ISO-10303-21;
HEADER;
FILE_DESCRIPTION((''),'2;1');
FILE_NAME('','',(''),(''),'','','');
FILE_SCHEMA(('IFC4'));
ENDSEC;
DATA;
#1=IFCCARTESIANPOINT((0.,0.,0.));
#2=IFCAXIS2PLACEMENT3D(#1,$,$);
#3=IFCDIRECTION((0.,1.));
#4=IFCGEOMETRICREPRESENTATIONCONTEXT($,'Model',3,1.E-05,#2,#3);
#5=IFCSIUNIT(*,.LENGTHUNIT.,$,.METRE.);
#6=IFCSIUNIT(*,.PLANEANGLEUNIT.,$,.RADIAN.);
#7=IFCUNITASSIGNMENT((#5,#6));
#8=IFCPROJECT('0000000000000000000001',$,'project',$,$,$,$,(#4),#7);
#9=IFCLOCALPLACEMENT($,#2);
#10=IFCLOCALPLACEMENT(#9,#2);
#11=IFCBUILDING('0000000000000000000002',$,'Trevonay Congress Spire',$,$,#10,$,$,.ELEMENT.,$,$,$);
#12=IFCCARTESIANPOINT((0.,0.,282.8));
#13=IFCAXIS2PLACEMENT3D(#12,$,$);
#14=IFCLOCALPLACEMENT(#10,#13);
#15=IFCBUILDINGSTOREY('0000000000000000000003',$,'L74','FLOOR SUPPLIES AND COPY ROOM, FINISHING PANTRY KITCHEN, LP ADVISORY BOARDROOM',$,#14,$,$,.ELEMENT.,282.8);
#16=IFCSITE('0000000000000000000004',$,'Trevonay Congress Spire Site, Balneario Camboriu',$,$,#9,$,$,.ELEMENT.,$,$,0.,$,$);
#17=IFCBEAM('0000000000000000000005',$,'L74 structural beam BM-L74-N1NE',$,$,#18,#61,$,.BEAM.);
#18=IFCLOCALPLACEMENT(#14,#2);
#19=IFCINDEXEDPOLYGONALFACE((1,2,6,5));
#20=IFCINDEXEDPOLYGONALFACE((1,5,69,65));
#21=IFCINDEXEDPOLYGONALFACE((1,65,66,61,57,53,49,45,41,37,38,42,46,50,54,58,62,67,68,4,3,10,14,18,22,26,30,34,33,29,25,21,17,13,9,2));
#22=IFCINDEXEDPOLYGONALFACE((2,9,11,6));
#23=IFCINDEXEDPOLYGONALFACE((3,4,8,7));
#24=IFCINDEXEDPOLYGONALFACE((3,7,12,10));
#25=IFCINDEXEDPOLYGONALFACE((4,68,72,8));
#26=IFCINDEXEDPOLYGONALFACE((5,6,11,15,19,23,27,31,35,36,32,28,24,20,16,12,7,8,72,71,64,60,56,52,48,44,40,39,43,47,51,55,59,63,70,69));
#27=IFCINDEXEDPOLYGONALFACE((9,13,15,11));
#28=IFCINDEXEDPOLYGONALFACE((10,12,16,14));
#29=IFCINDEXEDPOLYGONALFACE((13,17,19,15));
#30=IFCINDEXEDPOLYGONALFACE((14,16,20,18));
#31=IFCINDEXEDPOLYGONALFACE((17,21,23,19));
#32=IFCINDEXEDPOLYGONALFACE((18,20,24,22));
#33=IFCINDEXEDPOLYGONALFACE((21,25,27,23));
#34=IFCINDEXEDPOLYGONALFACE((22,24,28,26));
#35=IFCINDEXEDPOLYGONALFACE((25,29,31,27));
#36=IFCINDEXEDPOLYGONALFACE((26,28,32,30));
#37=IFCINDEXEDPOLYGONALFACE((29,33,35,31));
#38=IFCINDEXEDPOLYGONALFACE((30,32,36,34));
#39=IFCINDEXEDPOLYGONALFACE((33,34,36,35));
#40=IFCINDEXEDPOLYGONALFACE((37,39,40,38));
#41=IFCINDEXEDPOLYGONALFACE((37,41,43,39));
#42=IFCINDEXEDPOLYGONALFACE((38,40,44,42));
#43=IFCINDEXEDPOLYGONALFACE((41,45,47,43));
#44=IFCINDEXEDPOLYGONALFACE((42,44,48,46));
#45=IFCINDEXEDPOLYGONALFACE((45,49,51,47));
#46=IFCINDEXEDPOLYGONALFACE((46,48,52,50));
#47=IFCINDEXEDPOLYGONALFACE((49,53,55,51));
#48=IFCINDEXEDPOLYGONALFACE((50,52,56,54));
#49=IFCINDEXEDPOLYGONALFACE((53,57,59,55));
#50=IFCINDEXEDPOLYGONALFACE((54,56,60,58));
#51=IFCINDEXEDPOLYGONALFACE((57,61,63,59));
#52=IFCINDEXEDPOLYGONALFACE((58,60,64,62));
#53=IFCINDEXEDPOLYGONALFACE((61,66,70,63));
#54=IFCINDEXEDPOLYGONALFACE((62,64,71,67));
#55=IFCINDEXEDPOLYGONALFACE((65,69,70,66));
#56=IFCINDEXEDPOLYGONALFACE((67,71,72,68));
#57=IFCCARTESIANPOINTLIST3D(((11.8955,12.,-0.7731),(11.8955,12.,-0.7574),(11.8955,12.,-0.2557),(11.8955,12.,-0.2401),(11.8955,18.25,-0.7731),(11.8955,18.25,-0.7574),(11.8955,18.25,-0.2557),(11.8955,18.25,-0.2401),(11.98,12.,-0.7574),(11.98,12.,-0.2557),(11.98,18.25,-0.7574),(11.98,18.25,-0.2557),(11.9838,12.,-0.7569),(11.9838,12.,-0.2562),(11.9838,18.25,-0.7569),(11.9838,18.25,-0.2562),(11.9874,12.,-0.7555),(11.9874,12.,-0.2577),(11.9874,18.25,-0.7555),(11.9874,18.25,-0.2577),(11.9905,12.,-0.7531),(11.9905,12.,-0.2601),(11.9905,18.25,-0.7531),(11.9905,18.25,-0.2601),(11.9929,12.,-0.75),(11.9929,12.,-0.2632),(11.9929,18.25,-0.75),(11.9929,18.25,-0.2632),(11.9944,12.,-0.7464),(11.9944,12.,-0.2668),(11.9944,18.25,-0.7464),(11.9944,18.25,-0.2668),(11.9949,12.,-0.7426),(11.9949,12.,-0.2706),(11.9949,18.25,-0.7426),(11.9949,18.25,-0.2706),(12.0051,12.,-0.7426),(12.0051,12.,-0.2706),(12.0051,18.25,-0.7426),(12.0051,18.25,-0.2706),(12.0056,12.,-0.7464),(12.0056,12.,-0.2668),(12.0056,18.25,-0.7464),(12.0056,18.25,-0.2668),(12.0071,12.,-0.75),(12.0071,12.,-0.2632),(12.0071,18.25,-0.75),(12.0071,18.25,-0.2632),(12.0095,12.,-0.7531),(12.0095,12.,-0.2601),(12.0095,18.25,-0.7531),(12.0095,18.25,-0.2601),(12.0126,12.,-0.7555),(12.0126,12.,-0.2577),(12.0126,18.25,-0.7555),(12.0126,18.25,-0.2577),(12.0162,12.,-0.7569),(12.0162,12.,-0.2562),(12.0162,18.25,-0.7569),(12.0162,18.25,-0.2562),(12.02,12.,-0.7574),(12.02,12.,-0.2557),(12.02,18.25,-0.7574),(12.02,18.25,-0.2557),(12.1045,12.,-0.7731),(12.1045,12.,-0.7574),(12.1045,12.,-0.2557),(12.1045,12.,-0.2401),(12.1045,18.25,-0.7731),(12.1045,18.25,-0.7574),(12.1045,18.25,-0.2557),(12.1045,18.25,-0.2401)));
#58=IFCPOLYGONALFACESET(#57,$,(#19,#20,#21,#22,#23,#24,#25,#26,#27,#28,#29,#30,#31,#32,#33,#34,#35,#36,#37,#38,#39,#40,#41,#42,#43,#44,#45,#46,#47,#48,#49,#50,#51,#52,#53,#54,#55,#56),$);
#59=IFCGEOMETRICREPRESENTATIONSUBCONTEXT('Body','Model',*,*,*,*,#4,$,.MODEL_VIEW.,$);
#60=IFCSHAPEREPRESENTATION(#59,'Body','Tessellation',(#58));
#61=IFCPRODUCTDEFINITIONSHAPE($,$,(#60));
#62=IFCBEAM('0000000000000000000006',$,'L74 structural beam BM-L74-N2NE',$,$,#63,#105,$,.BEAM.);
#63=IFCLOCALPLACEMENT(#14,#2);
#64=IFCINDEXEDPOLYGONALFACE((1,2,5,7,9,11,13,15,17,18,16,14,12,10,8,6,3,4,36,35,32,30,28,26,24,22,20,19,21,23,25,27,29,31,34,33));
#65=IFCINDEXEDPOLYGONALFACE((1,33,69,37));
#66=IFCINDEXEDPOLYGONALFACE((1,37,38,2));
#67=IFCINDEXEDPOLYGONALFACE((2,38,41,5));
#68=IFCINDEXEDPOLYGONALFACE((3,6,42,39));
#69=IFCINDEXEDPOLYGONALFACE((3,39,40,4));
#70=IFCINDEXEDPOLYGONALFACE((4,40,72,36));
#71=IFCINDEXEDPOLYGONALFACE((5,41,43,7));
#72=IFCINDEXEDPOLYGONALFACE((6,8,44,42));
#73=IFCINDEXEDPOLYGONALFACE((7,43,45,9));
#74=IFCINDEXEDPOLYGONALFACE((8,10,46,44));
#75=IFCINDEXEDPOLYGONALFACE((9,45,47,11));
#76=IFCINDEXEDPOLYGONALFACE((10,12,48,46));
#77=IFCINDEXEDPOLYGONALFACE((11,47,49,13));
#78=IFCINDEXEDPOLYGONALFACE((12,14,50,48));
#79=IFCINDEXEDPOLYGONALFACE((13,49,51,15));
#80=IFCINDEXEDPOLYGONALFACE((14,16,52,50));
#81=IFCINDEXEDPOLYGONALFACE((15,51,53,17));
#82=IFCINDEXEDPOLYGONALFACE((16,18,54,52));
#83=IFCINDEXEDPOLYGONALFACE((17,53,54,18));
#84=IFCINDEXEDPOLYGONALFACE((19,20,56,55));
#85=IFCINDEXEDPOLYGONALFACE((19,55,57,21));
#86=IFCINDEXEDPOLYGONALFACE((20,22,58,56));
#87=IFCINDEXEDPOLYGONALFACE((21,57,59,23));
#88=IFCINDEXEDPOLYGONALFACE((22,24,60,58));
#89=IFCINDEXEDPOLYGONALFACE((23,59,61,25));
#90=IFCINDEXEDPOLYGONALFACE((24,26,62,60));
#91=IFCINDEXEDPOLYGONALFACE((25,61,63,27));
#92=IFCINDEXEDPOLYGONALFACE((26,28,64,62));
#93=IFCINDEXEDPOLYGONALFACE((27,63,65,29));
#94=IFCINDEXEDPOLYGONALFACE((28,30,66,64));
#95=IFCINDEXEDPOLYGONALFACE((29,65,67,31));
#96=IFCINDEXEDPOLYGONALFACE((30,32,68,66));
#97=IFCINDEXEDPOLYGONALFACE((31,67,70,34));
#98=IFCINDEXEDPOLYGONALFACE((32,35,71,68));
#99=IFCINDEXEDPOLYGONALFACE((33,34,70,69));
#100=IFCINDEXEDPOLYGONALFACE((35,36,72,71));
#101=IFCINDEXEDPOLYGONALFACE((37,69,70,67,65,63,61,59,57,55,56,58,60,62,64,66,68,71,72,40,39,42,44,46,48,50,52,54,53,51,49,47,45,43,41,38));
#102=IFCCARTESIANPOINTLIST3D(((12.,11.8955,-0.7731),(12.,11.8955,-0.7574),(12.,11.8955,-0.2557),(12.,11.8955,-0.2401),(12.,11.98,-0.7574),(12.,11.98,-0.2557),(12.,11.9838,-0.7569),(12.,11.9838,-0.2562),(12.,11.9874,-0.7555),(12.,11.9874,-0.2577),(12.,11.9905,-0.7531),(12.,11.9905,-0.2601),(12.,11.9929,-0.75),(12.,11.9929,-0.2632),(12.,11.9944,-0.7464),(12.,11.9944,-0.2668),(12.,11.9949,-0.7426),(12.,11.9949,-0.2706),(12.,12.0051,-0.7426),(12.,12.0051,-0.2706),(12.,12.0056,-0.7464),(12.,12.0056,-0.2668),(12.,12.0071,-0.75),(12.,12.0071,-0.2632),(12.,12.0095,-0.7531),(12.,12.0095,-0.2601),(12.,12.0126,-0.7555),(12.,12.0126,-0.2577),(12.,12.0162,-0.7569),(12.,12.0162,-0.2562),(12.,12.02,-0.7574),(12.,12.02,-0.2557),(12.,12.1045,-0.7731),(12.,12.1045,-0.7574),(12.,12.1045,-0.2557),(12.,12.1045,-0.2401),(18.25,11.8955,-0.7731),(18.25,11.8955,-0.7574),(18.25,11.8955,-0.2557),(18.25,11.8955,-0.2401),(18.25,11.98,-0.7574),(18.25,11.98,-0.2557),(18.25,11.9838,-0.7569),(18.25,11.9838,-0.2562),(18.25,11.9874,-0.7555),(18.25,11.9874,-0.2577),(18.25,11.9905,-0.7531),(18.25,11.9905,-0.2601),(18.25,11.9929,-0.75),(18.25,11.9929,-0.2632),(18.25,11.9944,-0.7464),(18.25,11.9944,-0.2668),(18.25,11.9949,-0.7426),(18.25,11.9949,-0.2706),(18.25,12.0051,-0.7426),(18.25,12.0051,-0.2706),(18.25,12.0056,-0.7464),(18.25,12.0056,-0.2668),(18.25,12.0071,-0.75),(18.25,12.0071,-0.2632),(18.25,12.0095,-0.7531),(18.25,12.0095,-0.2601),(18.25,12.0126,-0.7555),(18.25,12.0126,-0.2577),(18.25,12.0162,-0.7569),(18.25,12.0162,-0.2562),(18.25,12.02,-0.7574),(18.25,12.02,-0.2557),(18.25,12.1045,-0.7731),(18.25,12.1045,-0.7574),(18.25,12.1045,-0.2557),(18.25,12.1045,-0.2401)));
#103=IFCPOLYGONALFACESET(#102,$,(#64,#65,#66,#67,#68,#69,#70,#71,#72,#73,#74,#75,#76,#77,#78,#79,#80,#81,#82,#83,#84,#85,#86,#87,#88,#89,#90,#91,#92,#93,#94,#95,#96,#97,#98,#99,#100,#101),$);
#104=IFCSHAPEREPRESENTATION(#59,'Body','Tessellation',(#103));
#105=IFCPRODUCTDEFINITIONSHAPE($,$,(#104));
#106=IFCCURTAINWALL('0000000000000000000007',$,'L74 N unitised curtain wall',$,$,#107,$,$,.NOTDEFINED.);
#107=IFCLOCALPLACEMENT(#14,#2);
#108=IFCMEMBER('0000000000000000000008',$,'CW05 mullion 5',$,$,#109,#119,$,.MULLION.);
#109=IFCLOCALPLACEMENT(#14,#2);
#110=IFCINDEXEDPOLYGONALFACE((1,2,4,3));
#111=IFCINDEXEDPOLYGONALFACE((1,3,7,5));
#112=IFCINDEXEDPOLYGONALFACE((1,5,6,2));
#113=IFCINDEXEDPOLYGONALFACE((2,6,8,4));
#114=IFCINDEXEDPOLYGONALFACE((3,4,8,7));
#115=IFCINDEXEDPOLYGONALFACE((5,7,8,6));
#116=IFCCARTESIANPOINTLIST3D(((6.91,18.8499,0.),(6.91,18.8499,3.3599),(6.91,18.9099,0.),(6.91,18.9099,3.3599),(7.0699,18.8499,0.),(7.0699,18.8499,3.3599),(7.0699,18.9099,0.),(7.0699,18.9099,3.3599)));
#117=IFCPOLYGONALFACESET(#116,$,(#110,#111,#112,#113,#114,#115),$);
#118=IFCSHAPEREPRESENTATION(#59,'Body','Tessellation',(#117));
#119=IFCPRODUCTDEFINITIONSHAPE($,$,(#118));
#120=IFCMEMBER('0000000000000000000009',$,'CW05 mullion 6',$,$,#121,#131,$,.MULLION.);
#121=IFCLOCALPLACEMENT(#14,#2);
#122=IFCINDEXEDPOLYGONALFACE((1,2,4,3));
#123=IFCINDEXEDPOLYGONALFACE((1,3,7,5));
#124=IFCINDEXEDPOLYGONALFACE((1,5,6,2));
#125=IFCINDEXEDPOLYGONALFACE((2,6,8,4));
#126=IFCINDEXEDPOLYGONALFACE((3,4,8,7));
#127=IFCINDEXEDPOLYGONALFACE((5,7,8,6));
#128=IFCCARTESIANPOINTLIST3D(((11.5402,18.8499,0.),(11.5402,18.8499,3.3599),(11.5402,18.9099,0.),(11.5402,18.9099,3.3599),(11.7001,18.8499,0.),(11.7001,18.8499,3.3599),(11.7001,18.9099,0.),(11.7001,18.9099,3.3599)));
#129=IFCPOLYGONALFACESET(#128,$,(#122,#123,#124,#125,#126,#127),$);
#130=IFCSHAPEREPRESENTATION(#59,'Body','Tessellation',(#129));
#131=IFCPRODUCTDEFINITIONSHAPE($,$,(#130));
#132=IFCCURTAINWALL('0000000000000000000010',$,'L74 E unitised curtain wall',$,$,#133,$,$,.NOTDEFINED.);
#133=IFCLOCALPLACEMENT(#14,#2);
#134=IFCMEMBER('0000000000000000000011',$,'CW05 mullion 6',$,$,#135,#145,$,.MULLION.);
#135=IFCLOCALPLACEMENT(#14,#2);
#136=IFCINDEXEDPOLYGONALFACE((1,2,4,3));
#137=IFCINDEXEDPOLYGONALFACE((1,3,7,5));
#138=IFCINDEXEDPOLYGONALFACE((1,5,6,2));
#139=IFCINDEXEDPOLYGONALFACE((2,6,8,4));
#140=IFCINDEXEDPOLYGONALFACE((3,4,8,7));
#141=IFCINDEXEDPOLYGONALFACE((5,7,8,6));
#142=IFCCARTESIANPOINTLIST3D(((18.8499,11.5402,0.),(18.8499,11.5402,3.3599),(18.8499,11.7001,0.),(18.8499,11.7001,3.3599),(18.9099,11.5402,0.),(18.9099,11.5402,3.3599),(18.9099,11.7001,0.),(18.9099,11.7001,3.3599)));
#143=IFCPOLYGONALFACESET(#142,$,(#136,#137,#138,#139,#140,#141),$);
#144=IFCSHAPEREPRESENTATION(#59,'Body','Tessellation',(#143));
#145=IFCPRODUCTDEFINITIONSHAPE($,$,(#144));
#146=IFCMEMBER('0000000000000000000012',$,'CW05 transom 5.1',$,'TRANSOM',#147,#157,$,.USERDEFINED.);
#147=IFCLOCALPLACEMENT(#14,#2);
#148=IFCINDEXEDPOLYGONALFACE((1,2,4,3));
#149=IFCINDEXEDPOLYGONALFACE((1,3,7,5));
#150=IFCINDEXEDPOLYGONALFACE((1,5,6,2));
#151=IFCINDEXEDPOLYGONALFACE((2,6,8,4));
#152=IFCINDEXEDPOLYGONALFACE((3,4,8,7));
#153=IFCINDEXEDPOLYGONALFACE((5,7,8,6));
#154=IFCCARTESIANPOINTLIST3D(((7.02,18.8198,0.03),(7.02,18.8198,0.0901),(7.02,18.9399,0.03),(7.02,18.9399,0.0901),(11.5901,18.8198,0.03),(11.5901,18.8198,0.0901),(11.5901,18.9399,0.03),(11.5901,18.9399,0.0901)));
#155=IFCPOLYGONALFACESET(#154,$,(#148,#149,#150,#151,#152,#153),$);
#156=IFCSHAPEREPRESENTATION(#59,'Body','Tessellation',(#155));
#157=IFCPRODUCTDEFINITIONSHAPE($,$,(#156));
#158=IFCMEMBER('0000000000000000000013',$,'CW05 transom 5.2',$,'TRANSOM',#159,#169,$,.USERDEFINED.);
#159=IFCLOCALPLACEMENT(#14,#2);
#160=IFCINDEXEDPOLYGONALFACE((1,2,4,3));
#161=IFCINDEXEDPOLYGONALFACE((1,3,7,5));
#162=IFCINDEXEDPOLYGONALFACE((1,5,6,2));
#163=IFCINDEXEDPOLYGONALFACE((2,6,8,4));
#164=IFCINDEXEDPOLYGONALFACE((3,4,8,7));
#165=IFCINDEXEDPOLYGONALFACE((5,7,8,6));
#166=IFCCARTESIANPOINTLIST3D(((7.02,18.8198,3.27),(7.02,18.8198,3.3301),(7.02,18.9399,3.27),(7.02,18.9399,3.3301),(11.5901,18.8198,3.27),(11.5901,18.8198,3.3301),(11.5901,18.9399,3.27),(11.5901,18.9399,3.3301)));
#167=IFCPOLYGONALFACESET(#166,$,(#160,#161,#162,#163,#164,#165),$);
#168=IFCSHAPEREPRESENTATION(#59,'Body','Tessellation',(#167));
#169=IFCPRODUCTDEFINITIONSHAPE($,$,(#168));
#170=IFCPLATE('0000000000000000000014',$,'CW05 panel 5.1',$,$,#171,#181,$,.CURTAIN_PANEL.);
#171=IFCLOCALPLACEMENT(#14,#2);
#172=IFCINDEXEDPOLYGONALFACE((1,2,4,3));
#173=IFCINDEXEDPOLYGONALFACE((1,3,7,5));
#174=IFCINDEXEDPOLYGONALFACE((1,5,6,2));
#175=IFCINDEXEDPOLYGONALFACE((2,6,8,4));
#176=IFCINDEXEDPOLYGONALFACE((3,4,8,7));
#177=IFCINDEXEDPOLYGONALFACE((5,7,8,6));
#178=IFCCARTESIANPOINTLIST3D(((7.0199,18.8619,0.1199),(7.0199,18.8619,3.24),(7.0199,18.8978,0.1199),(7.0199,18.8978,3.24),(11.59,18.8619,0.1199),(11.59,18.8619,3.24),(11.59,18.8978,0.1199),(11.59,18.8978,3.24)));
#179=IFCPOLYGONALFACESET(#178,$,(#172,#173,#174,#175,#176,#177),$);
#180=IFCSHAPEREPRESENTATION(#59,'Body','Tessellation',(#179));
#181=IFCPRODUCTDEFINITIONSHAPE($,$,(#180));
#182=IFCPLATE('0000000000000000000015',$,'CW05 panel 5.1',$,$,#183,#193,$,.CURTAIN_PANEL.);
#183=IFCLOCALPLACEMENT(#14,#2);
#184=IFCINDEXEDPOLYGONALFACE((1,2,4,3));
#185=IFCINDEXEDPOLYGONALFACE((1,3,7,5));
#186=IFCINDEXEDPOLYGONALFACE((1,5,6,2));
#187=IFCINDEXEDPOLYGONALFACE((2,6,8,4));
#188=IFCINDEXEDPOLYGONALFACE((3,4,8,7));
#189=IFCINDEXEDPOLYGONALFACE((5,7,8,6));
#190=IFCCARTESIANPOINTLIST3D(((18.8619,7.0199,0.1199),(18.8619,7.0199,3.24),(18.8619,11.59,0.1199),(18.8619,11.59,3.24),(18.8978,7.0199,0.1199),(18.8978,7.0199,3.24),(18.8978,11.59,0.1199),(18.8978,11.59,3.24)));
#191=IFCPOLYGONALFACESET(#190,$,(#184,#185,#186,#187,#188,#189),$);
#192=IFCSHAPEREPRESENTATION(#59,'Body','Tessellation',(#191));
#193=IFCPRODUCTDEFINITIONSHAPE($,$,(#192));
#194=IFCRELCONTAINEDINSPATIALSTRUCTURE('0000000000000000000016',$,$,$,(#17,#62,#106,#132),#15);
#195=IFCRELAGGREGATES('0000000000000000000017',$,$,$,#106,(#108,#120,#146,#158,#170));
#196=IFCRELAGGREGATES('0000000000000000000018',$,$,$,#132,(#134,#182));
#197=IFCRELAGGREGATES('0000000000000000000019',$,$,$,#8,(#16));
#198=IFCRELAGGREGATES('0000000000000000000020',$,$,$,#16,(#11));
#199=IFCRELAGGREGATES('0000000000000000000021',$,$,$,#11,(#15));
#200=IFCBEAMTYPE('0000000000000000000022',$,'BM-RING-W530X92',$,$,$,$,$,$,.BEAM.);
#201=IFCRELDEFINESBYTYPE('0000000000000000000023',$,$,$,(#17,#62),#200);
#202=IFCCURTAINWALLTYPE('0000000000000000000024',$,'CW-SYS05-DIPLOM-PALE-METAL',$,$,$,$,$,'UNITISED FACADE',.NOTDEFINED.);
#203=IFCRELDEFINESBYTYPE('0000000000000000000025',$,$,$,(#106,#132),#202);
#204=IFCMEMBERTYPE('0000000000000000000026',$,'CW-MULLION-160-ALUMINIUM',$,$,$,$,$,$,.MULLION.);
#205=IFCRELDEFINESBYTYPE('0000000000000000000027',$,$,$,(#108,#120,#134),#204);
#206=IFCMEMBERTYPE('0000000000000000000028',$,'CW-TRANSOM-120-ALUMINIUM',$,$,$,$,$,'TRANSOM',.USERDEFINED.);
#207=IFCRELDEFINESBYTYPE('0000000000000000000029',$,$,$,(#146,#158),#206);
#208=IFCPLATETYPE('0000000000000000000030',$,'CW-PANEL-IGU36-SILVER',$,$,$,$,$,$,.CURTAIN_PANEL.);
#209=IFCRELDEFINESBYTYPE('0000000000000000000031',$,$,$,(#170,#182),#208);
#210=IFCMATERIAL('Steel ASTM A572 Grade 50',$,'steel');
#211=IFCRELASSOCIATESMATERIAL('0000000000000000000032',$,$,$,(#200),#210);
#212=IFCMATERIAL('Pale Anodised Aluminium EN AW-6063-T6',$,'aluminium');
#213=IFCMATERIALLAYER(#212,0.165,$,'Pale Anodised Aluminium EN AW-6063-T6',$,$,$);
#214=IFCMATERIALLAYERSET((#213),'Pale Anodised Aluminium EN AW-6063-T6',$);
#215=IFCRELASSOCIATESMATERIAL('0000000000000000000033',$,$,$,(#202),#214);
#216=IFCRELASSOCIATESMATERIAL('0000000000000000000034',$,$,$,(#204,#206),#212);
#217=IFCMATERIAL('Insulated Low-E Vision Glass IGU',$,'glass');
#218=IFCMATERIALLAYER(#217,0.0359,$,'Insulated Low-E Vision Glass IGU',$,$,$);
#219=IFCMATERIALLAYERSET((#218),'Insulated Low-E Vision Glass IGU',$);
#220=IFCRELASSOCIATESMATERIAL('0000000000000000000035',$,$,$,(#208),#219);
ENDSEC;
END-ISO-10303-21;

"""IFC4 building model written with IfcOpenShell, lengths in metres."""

from ifc_helpers import new_model, si_unit, direction, frame, origin, origin_2d, place, context, subcontext, project, spatial, rectangle, i_section, extrude, material, layer, layer_set, material_profile, profile_set, type_object, element, aggregate, save


model = new_model("IFC4")

# Units and contexts
model_context = context("Model", 3, precision=1e-05, world=origin(), true_north=direction((0.0, 1.0)))
body_context = subcontext(model_context, "Body", "Model", "MODEL_VIEW")
ifc_project = project(units=[si_unit("LENGTHUNIT", "METRE"), si_unit("PLANEANGLEUNIT", "RADIAN")], contexts=[model_context])

# Site, building, storey
site_placement = place(None, origin())
site = spatial("IfcSite", under=ifc_project, at=site_placement, Name="Trevonay Congress Spire Site, Balneario Camboriu", CompositionType="ELEMENT", RefElevation=0.0)
building_placement = place(site_placement, origin())
building = spatial("IfcBuilding", under=site, at=building_placement, Name="Trevonay Congress Spire", CompositionType="ELEMENT")
storey_placement = place(building_placement, frame((0.0, 0.0, 282.8)))
storey = spatial("IfcBuildingStorey", under=building, at=storey_placement, Name="L74", Description="FLOOR SUPPLIES AND COPY ROOM, FINISHING PANTRY KITCHEN, LP ADVISORY BOARDROOM", CompositionType="ELEMENT", Elevation=282.8)

# Shared definitions
ifc_material_1 = material(Name="Steel ASTM A572 Grade 50", Category="steel")

# Beams
ifc_material_profile_1 = material_profile(ifc_material_1, i_section(OverallWidth=0.209, OverallDepth=0.533, WebThickness=0.0103, FlangeThickness=0.0156, FilletRadius=0.0149, at=origin_2d()), Name="W530x92")
ifc_profile_set_1 = profile_set([ifc_material_profile_1], Name="Steel ASTM A572 Grade 50")
beam_type_1 = type_object("IfcBeamType", Name="BM-RING-W530X92", PredefinedType="BEAM", material=ifc_profile_set_1)
for number, where, z_axis, x_axis, name in (
    (1, (12.0, 18.25, -0.5066), (0.0, -1.0, 0.0), (1.0, 0.0, 0.0), "L74 structural beam BM-L74-N1NE"),
    (2, (18.25, 12.0, -0.5066), (-1.0, 0.0, 0.0), (0.0, -1.0, 0.0), "L74 structural beam BM-L74-N2NE"),
):
    element("IfcBeam", number, at=place(storey_placement, frame(where, z_axis=z_axis, x_axis=x_axis)), inside=storey, type_object=beam_type_1, Name=name, PredefinedType="BEAM", context=body_context, shape_type="SweptSolid", body=[
        extrude(i_section(OverallWidth=0.209, OverallDepth=0.533, WebThickness=0.0103, FlangeThickness=0.0156, FilletRadius=0.0149, at=origin_2d()), origin(), (0.0, 0.0, 1.0), 6.25),
    ])

# Curtain wall, members
ifc_material_2 = material(Name="Pale Anodised Aluminium EN AW-6063-T6", Category="aluminium")
ifc_layer_1 = layer(ifc_material_2, 0.165, Name="Pale Anodised Aluminium EN AW-6063-T6")
ifc_layer_set_1 = layer_set([ifc_layer_1], Name="Pale Anodised Aluminium EN AW-6063-T6")
curtain_wall_type = type_object("IfcCurtainWallType", Name="CW-SYS05-DIPLOM-PALE-METAL", ElementType="UNITISED FACADE", PredefinedType="NOTDEFINED", material=ifc_layer_set_1)
curtain_wall_1_placement = place(storey_placement, origin())
curtain_wall_1 = element("IfcCurtainWall", 3, at=curtain_wall_1_placement, inside=storey, type_object=curtain_wall_type, Name="L74 N unitised curtain wall", PredefinedType="NOTDEFINED")
ifc_material_profile_2 = material_profile(ifc_material_2, rectangle(XDim=0.0601, YDim=0.1599, at=origin_2d()), Name="CW-MULLION-160-ALUMINIUM")
ifc_profile_set_2 = profile_set([ifc_material_profile_2], Name="Pale Anodised Aluminium EN AW-6063-T6")
member_type_1 = type_object("IfcMemberType", Name="CW-MULLION-160-ALUMINIUM", PredefinedType="MULLION", material=ifc_profile_set_2)
member_1_placement = place(storey_placement, frame((6.99, 18.8799, 0.0), z_axis=(0.0, 0.0, 1.0), x_axis=(0.0, 1.0, 0.0)))
member_1 = element("IfcMember", 4, at=member_1_placement, type_object=member_type_1, Name="CW05 mullion 5", PredefinedType="MULLION", context=body_context, shape_type="SweptSolid", body=[
    extrude(rectangle(XDim=0.0601, YDim=0.1599, at=origin_2d()), origin(), (0.0, 0.0, 1.0), 3.3599),
])
member_2_placement = place(storey_placement, frame((11.6201, 18.8799, 0.0), z_axis=(0.0, 0.0, 1.0), x_axis=(0.0, 1.0, 0.0)))
member_2 = element("IfcMember", 5, at=member_2_placement, type_object=member_type_1, Name="CW05 mullion 6", PredefinedType="MULLION", context=body_context, shape_type="SweptSolid", body=[
    extrude(rectangle(XDim=0.0601, YDim=0.1599, at=origin_2d()), origin(), (0.0, 0.0, 1.0), 3.3599),
])

# Curtain wall, member
curtain_wall_2_placement = place(storey_placement, origin())
curtain_wall_2 = element("IfcCurtainWall", 6, at=curtain_wall_2_placement, inside=storey, type_object=curtain_wall_type, Name="L74 E unitised curtain wall", PredefinedType="NOTDEFINED")
member_3_placement = place(storey_placement, frame((18.8799, 11.6201, 0.0), z_axis=(0.0, 0.0, 1.0), x_axis=(-1.0, 0.0, 0.0)))
member_3 = element("IfcMember", 7, at=member_3_placement, type_object=member_type_1, Name="CW05 mullion 6", PredefinedType="MULLION", context=body_context, shape_type="SweptSolid", body=[
    extrude(rectangle(XDim=0.0601, YDim=0.1599, at=origin_2d()), origin(), (0.0, 0.0, 1.0), 3.3599),
])

# Members
ifc_material_profile_3 = material_profile(ifc_material_2, rectangle(XDim=0.1201, YDim=0.0601, at=origin_2d()), Name="CW-TRANSOM-120-ALUMINIUM")
ifc_profile_set_3 = profile_set([ifc_material_profile_3], Name="Pale Anodised Aluminium EN AW-6063-T6")
member_type_2 = type_object("IfcMemberType", Name="CW-TRANSOM-120-ALUMINIUM", ElementType="TRANSOM", PredefinedType="USERDEFINED", material=ifc_profile_set_3)
member_4_placement = place(storey_placement, frame((7.02, 18.8799, 0.0601), z_axis=(1.0, 0.0, 0.0), x_axis=(0.0, 1.0, 0.0)))
member_4 = element("IfcMember", 8, at=member_4_placement, type_object=member_type_2, Name="CW05 transom 5.1", ObjectType="TRANSOM", PredefinedType="USERDEFINED", context=body_context, shape_type="SweptSolid", body=[
    extrude(rectangle(XDim=0.1201, YDim=0.0601, at=origin_2d()), origin(), (0.0, 0.0, 1.0), 4.5701),
])
member_5_placement = place(storey_placement, frame((7.02, 18.8799, 3.3), z_axis=(1.0, 0.0, 0.0), x_axis=(0.0, 1.0, 0.0)))
member_5 = element("IfcMember", 9, at=member_5_placement, type_object=member_type_2, Name="CW05 transom 5.2", ObjectType="TRANSOM", PredefinedType="USERDEFINED", context=body_context, shape_type="SweptSolid", body=[
    extrude(rectangle(XDim=0.1201, YDim=0.0601, at=origin_2d()), origin(), (0.0, 0.0, 1.0), 4.5701),
])

# Plates
ifc_material_3 = material(Name="Insulated Low-E Vision Glass IGU", Category="glass")
ifc_layer_2 = layer(ifc_material_3, 0.0359, Name="Insulated Low-E Vision Glass IGU")
ifc_layer_set_2 = layer_set([ifc_layer_2], Name="Insulated Low-E Vision Glass IGU")
plate_type = type_object("IfcPlateType", Name="CW-PANEL-IGU36-SILVER", PredefinedType="CURTAIN_PANEL", material=ifc_layer_set_2)
plate_1_placement = place(storey_placement, frame((9.3049, 18.8799, 0.1199), z_axis=(0.0, 0.0, 1.0), x_axis=(1.0, 0.0, 0.0)))
plate_1 = element("IfcPlate", 10, at=plate_1_placement, type_object=plate_type, Name="CW05 panel 5.1", PredefinedType="CURTAIN_PANEL", context=body_context, shape_type="SweptSolid", body=[
    extrude(rectangle(XDim=4.5701, YDim=0.0359, at=origin_2d()), origin(), (0.0, 0.0, 1.0), 3.1201),
])
aggregate(curtain_wall_1, [member_1, member_2, member_4, member_5, plate_1])
plate_2_placement = place(storey_placement, frame((18.8799, 9.3049, 0.1199), z_axis=(0.0, 0.0, 1.0), x_axis=(0.0, 1.0, 0.0)))
plate_2 = element("IfcPlate", 11, at=plate_2_placement, type_object=plate_type, Name="CW05 panel 5.1", PredefinedType="CURTAIN_PANEL", context=body_context, shape_type="SweptSolid", body=[
    extrude(rectangle(XDim=4.5701, YDim=0.0359, at=origin_2d()), origin(), (0.0, 0.0, 1.0), 3.1201),
])
aggregate(curtain_wall_2, [member_3, plate_2])

save(model, "model.ifc")
